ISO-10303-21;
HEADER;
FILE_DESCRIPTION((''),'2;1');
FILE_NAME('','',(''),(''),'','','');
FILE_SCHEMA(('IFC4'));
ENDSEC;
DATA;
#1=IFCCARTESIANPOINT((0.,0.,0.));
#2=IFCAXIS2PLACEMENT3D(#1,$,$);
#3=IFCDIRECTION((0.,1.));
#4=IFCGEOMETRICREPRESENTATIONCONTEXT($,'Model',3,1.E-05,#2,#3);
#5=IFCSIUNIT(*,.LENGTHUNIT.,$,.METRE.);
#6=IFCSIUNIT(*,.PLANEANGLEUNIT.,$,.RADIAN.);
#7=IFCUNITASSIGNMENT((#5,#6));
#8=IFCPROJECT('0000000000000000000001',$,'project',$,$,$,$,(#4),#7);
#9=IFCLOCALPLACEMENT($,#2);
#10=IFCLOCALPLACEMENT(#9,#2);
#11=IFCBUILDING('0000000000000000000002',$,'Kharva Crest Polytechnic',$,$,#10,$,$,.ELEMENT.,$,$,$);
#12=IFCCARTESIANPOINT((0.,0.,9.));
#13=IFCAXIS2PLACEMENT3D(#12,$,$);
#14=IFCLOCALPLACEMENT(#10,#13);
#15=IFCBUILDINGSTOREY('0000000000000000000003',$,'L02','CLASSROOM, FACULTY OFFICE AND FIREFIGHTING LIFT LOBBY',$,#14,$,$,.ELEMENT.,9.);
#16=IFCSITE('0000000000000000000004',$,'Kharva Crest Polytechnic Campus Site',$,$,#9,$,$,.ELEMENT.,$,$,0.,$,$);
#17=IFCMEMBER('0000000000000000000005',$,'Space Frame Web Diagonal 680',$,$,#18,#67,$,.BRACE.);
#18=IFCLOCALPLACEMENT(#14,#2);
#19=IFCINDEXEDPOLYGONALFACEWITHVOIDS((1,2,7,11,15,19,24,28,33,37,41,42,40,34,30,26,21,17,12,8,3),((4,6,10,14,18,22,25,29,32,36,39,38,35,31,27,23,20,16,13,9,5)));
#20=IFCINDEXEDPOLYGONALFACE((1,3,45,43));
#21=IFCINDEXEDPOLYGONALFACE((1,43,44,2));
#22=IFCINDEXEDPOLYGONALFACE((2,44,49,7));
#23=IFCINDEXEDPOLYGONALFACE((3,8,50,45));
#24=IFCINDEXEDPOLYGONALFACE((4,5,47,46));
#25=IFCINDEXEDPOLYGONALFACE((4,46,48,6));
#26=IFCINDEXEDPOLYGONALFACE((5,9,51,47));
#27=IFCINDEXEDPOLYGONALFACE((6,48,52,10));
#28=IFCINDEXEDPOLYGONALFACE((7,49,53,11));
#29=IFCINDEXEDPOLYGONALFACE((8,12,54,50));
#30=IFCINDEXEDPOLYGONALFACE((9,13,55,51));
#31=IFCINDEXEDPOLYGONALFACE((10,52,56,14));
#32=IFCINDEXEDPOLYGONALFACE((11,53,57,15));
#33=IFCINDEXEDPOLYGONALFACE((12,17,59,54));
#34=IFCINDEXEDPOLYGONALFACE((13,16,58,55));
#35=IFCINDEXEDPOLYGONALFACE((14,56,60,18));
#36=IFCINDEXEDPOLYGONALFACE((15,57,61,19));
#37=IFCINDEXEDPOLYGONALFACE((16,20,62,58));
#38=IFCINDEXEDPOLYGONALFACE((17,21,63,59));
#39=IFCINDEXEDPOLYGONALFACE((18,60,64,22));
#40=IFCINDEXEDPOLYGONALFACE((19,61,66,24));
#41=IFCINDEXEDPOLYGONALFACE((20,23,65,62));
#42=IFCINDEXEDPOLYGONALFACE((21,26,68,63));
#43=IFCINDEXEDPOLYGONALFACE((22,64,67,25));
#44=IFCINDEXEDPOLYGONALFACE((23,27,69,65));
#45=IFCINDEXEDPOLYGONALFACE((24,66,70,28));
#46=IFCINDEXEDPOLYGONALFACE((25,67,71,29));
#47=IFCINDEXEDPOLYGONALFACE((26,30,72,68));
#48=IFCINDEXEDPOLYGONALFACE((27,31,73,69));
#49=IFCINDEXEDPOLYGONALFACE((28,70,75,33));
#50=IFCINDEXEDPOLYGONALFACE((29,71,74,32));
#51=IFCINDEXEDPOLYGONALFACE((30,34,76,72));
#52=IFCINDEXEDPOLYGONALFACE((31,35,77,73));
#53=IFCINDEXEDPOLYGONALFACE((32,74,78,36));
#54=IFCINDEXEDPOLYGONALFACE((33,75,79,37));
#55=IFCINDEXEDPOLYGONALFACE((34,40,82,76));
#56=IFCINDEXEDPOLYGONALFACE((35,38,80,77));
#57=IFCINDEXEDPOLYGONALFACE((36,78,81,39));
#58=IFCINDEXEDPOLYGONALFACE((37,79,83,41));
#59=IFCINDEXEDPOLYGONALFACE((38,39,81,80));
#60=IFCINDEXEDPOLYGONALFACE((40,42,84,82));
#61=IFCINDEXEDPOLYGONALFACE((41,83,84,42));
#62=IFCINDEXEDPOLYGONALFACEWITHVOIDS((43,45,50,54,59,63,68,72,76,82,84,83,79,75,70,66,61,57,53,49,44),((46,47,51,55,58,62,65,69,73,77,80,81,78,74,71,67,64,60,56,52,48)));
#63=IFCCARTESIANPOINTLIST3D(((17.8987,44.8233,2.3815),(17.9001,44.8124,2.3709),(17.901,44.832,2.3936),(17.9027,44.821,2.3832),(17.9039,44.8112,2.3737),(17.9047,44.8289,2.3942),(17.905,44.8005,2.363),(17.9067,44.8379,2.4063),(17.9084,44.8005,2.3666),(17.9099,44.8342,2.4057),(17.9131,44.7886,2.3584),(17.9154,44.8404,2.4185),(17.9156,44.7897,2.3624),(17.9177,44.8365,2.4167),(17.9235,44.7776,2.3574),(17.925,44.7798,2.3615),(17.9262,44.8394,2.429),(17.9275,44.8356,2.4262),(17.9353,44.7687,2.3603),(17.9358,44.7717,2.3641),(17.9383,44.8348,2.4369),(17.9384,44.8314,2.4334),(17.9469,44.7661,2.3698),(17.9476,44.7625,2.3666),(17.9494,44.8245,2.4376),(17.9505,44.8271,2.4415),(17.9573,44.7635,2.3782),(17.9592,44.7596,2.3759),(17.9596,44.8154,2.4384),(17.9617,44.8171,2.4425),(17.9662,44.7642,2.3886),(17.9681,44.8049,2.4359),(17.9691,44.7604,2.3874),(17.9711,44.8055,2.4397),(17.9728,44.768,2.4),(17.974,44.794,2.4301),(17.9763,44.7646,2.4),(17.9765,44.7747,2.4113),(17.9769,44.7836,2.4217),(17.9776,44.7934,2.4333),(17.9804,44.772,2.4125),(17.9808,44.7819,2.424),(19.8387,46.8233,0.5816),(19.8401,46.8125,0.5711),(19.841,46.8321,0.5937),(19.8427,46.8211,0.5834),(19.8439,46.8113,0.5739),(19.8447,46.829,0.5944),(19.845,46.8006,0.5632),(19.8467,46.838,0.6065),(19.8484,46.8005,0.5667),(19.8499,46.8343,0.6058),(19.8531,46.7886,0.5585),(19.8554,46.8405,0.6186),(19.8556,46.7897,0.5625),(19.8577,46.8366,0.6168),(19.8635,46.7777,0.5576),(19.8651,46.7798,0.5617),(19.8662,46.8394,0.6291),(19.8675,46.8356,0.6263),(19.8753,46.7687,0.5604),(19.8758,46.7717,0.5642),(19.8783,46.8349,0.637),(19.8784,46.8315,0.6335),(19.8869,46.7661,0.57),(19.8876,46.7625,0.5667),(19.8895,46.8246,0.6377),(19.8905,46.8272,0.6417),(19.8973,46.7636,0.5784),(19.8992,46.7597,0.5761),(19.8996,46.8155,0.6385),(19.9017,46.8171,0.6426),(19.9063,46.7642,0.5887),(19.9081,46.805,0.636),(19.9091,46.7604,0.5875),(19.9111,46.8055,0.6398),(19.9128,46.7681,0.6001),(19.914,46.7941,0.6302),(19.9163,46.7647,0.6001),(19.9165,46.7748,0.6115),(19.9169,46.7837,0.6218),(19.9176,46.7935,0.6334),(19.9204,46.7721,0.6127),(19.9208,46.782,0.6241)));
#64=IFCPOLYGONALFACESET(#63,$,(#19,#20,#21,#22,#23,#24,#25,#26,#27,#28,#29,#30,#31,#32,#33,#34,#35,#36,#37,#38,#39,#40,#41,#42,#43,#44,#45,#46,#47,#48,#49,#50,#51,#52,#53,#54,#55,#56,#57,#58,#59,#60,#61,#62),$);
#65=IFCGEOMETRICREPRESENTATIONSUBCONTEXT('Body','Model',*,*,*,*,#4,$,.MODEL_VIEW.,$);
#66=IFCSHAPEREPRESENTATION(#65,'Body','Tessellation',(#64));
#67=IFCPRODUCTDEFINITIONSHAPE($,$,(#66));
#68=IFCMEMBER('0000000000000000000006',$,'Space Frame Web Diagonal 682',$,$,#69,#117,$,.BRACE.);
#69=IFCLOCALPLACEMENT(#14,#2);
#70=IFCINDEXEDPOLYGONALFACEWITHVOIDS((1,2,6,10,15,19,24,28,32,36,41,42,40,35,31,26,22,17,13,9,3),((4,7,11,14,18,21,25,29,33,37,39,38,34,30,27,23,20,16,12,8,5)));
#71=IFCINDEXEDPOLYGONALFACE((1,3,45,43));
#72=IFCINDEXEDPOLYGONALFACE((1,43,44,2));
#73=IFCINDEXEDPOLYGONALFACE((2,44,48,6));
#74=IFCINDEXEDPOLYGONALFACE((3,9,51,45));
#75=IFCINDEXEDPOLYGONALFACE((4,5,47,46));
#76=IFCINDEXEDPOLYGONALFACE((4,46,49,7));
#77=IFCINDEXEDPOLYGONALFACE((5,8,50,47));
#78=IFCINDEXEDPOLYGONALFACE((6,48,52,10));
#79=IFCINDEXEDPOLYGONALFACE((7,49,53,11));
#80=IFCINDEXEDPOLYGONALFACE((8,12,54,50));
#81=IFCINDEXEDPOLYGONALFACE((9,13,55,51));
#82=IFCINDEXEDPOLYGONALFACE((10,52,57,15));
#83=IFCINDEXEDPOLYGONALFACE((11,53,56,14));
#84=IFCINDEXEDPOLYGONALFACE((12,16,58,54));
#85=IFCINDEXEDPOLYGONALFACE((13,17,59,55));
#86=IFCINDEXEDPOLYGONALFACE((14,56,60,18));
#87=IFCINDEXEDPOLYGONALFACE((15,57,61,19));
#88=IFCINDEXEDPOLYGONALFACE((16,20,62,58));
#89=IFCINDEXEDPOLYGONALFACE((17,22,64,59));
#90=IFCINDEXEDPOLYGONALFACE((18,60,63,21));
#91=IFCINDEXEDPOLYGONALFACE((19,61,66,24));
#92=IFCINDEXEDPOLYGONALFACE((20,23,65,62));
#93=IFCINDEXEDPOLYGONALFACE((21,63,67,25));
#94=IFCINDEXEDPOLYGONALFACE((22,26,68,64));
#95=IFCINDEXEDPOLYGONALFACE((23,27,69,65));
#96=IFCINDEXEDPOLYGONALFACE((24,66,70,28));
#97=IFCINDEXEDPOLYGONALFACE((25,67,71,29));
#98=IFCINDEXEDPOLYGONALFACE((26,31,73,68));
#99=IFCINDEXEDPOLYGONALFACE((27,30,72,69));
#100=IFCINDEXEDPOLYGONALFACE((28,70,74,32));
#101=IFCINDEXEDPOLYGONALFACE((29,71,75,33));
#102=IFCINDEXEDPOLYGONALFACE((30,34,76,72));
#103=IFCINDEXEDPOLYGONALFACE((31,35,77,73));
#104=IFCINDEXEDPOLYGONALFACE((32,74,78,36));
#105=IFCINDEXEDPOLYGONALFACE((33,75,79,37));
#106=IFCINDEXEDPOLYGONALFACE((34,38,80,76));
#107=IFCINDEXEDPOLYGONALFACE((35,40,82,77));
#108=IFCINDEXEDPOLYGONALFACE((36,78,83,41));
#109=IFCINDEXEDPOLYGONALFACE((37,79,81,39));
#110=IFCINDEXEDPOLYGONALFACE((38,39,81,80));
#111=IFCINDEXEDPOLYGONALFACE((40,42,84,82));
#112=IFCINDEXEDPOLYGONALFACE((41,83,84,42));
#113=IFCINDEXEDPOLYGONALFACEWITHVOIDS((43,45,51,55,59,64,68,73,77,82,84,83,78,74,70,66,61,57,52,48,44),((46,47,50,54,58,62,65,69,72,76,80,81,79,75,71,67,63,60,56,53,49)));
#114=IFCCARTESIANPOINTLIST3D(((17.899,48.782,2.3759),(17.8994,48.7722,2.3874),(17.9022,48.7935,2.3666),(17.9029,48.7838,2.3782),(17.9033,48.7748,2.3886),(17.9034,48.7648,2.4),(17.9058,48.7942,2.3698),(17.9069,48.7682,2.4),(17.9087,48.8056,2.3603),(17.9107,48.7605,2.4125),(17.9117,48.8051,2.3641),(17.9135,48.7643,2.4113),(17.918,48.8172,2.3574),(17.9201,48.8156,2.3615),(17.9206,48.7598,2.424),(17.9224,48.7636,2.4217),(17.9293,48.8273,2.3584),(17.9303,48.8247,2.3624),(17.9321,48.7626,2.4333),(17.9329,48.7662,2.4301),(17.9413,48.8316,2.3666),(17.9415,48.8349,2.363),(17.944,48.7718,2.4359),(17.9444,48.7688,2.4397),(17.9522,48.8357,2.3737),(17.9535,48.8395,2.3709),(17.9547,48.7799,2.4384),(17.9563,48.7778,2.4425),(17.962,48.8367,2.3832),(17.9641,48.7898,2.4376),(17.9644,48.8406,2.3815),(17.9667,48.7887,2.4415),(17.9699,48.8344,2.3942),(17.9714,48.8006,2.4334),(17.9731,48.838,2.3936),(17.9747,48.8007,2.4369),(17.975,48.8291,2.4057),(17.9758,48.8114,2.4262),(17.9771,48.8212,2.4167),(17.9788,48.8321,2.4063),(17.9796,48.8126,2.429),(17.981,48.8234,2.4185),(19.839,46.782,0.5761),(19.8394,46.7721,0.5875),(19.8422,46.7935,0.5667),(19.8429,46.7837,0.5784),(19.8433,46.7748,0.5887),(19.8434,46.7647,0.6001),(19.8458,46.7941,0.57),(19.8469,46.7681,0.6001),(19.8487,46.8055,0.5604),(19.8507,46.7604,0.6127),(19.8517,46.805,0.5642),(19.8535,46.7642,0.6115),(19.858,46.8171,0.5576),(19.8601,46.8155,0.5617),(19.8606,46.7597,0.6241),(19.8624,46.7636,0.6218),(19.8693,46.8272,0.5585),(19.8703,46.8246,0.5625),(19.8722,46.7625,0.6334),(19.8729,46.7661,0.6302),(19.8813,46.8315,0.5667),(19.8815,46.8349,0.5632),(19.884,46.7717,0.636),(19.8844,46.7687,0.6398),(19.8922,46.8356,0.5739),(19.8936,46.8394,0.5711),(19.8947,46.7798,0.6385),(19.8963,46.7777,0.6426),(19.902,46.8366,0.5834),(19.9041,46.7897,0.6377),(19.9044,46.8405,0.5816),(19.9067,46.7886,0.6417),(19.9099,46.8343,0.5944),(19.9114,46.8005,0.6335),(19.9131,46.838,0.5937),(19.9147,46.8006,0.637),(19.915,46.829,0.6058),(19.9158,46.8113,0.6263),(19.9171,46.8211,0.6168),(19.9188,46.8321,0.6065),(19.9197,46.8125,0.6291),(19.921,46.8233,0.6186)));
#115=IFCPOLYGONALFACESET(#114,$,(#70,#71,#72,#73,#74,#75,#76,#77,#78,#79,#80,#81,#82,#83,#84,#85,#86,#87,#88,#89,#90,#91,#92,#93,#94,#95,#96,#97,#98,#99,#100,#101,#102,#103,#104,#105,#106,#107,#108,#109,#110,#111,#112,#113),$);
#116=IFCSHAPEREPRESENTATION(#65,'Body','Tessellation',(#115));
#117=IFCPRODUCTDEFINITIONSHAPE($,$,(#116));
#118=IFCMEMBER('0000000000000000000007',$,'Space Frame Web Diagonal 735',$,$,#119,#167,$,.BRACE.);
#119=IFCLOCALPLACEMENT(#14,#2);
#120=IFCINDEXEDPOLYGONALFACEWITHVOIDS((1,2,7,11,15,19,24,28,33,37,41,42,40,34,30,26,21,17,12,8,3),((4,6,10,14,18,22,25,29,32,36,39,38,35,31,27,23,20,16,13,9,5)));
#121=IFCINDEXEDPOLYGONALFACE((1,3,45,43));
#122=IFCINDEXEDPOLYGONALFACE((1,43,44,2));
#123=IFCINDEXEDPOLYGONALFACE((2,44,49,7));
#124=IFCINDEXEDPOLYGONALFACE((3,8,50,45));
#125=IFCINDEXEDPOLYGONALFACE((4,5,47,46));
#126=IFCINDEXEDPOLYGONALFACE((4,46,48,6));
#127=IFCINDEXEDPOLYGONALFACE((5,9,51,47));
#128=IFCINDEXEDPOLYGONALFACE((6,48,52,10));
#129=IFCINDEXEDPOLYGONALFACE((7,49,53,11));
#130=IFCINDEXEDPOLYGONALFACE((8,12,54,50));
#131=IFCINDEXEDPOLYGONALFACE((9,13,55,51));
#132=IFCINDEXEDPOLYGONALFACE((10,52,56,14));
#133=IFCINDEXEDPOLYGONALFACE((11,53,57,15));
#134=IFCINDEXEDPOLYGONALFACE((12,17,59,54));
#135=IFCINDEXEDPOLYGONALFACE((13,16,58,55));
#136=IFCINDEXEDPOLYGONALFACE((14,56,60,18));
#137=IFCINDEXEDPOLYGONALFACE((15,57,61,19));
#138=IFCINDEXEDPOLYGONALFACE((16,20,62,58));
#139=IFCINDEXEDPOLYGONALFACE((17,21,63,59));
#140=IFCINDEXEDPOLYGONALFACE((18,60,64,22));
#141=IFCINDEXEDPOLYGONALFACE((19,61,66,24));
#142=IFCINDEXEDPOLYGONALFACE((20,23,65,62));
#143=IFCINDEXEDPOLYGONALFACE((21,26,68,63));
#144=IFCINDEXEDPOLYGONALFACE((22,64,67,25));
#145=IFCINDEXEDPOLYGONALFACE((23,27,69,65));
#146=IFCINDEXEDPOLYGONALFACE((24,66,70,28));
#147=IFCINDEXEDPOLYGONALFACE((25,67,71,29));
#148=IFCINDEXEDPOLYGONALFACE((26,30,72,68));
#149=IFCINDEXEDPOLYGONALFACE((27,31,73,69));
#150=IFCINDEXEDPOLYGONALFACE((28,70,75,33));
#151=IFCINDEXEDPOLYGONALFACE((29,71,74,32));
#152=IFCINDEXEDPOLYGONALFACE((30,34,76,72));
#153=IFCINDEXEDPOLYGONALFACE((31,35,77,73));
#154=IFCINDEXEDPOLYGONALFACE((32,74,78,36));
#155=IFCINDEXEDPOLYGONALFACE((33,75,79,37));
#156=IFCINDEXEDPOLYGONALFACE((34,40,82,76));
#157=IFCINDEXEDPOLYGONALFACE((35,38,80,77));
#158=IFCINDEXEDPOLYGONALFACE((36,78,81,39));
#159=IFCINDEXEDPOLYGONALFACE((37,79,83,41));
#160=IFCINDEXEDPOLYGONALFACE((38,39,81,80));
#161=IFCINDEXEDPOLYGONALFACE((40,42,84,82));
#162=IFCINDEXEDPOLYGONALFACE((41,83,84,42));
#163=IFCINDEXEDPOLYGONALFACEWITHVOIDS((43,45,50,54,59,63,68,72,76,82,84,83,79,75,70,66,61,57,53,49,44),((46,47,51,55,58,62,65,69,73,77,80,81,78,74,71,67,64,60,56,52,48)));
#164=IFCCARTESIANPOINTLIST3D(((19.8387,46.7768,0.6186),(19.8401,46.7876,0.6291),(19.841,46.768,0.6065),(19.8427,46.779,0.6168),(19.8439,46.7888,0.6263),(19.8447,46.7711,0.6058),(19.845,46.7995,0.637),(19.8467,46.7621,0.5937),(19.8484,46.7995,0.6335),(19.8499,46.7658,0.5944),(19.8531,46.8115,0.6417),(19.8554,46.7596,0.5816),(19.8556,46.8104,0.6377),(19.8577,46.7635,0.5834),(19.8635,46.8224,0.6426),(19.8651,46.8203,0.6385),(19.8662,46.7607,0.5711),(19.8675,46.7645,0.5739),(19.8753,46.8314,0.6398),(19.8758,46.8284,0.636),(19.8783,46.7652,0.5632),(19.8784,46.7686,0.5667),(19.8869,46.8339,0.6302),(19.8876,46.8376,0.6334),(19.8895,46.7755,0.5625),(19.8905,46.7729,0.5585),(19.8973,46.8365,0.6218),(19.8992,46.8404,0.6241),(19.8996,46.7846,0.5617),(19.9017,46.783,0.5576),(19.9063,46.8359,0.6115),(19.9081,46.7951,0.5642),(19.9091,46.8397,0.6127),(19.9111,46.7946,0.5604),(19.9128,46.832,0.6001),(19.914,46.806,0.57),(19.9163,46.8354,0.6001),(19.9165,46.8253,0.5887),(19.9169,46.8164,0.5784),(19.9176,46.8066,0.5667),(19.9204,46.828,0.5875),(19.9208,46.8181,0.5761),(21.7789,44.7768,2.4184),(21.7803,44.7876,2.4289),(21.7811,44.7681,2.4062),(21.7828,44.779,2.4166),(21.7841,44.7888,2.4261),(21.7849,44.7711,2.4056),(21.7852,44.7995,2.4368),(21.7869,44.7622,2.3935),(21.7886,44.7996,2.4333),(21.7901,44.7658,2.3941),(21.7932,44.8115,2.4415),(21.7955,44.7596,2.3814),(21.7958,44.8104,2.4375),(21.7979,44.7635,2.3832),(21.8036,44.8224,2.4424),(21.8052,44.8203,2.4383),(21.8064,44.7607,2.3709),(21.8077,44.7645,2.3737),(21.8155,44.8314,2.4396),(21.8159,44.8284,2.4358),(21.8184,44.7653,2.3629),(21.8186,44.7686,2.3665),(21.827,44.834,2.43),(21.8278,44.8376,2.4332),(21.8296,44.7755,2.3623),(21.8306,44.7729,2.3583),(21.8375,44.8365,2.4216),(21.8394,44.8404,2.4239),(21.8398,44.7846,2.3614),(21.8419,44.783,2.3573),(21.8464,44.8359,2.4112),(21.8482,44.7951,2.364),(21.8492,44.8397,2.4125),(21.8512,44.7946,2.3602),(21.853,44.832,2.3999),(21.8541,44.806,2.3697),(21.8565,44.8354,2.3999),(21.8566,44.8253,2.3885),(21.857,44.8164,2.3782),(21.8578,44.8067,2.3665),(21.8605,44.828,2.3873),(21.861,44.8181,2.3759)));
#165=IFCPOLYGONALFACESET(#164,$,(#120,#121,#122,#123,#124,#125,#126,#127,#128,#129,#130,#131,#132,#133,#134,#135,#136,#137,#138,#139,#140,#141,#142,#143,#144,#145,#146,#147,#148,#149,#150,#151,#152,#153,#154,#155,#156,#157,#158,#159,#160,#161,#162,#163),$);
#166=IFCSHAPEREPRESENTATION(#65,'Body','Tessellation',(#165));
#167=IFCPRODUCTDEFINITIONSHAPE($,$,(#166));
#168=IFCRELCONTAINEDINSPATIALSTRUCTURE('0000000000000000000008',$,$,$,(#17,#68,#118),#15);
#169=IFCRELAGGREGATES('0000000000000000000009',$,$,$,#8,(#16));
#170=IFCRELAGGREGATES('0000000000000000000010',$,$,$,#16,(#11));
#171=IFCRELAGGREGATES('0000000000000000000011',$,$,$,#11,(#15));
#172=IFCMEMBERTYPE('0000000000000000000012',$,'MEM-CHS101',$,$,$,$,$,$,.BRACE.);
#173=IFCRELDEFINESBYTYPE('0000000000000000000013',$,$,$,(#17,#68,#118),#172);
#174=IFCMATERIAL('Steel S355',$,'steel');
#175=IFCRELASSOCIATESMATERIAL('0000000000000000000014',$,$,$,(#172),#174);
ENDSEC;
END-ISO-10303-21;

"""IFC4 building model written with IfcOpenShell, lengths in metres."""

from ifc_helpers import new_model, si_unit, direction, frame, origin, origin_2d, place, context, subcontext, project, spatial, hollow_circle, extrude, material, material_profile, profile_set, type_object, element, save


model = new_model("IFC4")

# Units and contexts
model_context = context("Model", 3, precision=1e-05, world=origin(), true_north=direction((0.0, 1.0)))
body_context = subcontext(model_context, "Body", "Model", "MODEL_VIEW")
ifc_project = project(units=[si_unit("LENGTHUNIT", "METRE"), si_unit("PLANEANGLEUNIT", "RADIAN")], contexts=[model_context])

# Site, building, storey
site_placement = place(None, origin())
site = spatial("IfcSite", under=ifc_project, at=site_placement, Name="Kharva Crest Polytechnic Campus Site", CompositionType="ELEMENT", RefElevation=0.0)
building_placement = place(site_placement, origin())
building = spatial("IfcBuilding", under=site, at=building_placement, Name="Kharva Crest Polytechnic", CompositionType="ELEMENT")
storey_placement = place(building_placement, frame((0.0, 0.0, 9.0)))
storey = spatial("IfcBuildingStorey", under=building, at=storey_placement, Name="L02", Description="CLASSROOM, FACULTY OFFICE AND FIREFIGHTING LIFT LOBBY", CompositionType="ELEMENT", Elevation=9.0)

# Shared definitions
ifc_material_1 = material(Name="Steel S355", Category="steel")

# Members
ifc_material_profile_1 = material_profile(ifc_material_1, hollow_circle(Radius=0.0508, WallThickness=0.0049, at=origin_2d()), Name="CHS 101.6X5.0")
ifc_profile_set_1 = profile_set([ifc_material_profile_1], Name="Steel S355")
member_type_1 = type_object("IfcMemberType", Name="MEM-CHS101", PredefinedType="BRACE", material=ifc_profile_set_1)
for number, where, z_axis, x_axis, name in (
    (1, (19.8799, 46.8, 0.6001), (-0.584843, -0.60295, 0.542596), (0.717802, -0.696247, 0.0), "Space Frame Web Diagonal 680"),
    (2, (19.8799, 46.8, 0.6001), (-0.584843, 0.60295, 0.542596), (-0.717802, -0.696247, 0.0), "Space Frame Web Diagonal 682"),
    (3, (19.8799, 46.8, 0.6001), (0.584892, -0.602924, 0.542572), (0.717758, 0.696292, 0.0), "Space Frame Web Diagonal 735"),
):
    element("IfcMember", number, at=place(storey_placement, frame(where, z_axis=z_axis, x_axis=x_axis)), inside=storey, type_object=member_type_1, Name=name, PredefinedType="BRACE", context=body_context, shape_type="SweptSolid", body=[
        extrude(hollow_circle(Radius=0.0508, WallThickness=0.0049, at=origin_2d()), origin(), (0.0, 0.0, 1.0), 3.3171),
    ])

save(model, "model.ifc")
